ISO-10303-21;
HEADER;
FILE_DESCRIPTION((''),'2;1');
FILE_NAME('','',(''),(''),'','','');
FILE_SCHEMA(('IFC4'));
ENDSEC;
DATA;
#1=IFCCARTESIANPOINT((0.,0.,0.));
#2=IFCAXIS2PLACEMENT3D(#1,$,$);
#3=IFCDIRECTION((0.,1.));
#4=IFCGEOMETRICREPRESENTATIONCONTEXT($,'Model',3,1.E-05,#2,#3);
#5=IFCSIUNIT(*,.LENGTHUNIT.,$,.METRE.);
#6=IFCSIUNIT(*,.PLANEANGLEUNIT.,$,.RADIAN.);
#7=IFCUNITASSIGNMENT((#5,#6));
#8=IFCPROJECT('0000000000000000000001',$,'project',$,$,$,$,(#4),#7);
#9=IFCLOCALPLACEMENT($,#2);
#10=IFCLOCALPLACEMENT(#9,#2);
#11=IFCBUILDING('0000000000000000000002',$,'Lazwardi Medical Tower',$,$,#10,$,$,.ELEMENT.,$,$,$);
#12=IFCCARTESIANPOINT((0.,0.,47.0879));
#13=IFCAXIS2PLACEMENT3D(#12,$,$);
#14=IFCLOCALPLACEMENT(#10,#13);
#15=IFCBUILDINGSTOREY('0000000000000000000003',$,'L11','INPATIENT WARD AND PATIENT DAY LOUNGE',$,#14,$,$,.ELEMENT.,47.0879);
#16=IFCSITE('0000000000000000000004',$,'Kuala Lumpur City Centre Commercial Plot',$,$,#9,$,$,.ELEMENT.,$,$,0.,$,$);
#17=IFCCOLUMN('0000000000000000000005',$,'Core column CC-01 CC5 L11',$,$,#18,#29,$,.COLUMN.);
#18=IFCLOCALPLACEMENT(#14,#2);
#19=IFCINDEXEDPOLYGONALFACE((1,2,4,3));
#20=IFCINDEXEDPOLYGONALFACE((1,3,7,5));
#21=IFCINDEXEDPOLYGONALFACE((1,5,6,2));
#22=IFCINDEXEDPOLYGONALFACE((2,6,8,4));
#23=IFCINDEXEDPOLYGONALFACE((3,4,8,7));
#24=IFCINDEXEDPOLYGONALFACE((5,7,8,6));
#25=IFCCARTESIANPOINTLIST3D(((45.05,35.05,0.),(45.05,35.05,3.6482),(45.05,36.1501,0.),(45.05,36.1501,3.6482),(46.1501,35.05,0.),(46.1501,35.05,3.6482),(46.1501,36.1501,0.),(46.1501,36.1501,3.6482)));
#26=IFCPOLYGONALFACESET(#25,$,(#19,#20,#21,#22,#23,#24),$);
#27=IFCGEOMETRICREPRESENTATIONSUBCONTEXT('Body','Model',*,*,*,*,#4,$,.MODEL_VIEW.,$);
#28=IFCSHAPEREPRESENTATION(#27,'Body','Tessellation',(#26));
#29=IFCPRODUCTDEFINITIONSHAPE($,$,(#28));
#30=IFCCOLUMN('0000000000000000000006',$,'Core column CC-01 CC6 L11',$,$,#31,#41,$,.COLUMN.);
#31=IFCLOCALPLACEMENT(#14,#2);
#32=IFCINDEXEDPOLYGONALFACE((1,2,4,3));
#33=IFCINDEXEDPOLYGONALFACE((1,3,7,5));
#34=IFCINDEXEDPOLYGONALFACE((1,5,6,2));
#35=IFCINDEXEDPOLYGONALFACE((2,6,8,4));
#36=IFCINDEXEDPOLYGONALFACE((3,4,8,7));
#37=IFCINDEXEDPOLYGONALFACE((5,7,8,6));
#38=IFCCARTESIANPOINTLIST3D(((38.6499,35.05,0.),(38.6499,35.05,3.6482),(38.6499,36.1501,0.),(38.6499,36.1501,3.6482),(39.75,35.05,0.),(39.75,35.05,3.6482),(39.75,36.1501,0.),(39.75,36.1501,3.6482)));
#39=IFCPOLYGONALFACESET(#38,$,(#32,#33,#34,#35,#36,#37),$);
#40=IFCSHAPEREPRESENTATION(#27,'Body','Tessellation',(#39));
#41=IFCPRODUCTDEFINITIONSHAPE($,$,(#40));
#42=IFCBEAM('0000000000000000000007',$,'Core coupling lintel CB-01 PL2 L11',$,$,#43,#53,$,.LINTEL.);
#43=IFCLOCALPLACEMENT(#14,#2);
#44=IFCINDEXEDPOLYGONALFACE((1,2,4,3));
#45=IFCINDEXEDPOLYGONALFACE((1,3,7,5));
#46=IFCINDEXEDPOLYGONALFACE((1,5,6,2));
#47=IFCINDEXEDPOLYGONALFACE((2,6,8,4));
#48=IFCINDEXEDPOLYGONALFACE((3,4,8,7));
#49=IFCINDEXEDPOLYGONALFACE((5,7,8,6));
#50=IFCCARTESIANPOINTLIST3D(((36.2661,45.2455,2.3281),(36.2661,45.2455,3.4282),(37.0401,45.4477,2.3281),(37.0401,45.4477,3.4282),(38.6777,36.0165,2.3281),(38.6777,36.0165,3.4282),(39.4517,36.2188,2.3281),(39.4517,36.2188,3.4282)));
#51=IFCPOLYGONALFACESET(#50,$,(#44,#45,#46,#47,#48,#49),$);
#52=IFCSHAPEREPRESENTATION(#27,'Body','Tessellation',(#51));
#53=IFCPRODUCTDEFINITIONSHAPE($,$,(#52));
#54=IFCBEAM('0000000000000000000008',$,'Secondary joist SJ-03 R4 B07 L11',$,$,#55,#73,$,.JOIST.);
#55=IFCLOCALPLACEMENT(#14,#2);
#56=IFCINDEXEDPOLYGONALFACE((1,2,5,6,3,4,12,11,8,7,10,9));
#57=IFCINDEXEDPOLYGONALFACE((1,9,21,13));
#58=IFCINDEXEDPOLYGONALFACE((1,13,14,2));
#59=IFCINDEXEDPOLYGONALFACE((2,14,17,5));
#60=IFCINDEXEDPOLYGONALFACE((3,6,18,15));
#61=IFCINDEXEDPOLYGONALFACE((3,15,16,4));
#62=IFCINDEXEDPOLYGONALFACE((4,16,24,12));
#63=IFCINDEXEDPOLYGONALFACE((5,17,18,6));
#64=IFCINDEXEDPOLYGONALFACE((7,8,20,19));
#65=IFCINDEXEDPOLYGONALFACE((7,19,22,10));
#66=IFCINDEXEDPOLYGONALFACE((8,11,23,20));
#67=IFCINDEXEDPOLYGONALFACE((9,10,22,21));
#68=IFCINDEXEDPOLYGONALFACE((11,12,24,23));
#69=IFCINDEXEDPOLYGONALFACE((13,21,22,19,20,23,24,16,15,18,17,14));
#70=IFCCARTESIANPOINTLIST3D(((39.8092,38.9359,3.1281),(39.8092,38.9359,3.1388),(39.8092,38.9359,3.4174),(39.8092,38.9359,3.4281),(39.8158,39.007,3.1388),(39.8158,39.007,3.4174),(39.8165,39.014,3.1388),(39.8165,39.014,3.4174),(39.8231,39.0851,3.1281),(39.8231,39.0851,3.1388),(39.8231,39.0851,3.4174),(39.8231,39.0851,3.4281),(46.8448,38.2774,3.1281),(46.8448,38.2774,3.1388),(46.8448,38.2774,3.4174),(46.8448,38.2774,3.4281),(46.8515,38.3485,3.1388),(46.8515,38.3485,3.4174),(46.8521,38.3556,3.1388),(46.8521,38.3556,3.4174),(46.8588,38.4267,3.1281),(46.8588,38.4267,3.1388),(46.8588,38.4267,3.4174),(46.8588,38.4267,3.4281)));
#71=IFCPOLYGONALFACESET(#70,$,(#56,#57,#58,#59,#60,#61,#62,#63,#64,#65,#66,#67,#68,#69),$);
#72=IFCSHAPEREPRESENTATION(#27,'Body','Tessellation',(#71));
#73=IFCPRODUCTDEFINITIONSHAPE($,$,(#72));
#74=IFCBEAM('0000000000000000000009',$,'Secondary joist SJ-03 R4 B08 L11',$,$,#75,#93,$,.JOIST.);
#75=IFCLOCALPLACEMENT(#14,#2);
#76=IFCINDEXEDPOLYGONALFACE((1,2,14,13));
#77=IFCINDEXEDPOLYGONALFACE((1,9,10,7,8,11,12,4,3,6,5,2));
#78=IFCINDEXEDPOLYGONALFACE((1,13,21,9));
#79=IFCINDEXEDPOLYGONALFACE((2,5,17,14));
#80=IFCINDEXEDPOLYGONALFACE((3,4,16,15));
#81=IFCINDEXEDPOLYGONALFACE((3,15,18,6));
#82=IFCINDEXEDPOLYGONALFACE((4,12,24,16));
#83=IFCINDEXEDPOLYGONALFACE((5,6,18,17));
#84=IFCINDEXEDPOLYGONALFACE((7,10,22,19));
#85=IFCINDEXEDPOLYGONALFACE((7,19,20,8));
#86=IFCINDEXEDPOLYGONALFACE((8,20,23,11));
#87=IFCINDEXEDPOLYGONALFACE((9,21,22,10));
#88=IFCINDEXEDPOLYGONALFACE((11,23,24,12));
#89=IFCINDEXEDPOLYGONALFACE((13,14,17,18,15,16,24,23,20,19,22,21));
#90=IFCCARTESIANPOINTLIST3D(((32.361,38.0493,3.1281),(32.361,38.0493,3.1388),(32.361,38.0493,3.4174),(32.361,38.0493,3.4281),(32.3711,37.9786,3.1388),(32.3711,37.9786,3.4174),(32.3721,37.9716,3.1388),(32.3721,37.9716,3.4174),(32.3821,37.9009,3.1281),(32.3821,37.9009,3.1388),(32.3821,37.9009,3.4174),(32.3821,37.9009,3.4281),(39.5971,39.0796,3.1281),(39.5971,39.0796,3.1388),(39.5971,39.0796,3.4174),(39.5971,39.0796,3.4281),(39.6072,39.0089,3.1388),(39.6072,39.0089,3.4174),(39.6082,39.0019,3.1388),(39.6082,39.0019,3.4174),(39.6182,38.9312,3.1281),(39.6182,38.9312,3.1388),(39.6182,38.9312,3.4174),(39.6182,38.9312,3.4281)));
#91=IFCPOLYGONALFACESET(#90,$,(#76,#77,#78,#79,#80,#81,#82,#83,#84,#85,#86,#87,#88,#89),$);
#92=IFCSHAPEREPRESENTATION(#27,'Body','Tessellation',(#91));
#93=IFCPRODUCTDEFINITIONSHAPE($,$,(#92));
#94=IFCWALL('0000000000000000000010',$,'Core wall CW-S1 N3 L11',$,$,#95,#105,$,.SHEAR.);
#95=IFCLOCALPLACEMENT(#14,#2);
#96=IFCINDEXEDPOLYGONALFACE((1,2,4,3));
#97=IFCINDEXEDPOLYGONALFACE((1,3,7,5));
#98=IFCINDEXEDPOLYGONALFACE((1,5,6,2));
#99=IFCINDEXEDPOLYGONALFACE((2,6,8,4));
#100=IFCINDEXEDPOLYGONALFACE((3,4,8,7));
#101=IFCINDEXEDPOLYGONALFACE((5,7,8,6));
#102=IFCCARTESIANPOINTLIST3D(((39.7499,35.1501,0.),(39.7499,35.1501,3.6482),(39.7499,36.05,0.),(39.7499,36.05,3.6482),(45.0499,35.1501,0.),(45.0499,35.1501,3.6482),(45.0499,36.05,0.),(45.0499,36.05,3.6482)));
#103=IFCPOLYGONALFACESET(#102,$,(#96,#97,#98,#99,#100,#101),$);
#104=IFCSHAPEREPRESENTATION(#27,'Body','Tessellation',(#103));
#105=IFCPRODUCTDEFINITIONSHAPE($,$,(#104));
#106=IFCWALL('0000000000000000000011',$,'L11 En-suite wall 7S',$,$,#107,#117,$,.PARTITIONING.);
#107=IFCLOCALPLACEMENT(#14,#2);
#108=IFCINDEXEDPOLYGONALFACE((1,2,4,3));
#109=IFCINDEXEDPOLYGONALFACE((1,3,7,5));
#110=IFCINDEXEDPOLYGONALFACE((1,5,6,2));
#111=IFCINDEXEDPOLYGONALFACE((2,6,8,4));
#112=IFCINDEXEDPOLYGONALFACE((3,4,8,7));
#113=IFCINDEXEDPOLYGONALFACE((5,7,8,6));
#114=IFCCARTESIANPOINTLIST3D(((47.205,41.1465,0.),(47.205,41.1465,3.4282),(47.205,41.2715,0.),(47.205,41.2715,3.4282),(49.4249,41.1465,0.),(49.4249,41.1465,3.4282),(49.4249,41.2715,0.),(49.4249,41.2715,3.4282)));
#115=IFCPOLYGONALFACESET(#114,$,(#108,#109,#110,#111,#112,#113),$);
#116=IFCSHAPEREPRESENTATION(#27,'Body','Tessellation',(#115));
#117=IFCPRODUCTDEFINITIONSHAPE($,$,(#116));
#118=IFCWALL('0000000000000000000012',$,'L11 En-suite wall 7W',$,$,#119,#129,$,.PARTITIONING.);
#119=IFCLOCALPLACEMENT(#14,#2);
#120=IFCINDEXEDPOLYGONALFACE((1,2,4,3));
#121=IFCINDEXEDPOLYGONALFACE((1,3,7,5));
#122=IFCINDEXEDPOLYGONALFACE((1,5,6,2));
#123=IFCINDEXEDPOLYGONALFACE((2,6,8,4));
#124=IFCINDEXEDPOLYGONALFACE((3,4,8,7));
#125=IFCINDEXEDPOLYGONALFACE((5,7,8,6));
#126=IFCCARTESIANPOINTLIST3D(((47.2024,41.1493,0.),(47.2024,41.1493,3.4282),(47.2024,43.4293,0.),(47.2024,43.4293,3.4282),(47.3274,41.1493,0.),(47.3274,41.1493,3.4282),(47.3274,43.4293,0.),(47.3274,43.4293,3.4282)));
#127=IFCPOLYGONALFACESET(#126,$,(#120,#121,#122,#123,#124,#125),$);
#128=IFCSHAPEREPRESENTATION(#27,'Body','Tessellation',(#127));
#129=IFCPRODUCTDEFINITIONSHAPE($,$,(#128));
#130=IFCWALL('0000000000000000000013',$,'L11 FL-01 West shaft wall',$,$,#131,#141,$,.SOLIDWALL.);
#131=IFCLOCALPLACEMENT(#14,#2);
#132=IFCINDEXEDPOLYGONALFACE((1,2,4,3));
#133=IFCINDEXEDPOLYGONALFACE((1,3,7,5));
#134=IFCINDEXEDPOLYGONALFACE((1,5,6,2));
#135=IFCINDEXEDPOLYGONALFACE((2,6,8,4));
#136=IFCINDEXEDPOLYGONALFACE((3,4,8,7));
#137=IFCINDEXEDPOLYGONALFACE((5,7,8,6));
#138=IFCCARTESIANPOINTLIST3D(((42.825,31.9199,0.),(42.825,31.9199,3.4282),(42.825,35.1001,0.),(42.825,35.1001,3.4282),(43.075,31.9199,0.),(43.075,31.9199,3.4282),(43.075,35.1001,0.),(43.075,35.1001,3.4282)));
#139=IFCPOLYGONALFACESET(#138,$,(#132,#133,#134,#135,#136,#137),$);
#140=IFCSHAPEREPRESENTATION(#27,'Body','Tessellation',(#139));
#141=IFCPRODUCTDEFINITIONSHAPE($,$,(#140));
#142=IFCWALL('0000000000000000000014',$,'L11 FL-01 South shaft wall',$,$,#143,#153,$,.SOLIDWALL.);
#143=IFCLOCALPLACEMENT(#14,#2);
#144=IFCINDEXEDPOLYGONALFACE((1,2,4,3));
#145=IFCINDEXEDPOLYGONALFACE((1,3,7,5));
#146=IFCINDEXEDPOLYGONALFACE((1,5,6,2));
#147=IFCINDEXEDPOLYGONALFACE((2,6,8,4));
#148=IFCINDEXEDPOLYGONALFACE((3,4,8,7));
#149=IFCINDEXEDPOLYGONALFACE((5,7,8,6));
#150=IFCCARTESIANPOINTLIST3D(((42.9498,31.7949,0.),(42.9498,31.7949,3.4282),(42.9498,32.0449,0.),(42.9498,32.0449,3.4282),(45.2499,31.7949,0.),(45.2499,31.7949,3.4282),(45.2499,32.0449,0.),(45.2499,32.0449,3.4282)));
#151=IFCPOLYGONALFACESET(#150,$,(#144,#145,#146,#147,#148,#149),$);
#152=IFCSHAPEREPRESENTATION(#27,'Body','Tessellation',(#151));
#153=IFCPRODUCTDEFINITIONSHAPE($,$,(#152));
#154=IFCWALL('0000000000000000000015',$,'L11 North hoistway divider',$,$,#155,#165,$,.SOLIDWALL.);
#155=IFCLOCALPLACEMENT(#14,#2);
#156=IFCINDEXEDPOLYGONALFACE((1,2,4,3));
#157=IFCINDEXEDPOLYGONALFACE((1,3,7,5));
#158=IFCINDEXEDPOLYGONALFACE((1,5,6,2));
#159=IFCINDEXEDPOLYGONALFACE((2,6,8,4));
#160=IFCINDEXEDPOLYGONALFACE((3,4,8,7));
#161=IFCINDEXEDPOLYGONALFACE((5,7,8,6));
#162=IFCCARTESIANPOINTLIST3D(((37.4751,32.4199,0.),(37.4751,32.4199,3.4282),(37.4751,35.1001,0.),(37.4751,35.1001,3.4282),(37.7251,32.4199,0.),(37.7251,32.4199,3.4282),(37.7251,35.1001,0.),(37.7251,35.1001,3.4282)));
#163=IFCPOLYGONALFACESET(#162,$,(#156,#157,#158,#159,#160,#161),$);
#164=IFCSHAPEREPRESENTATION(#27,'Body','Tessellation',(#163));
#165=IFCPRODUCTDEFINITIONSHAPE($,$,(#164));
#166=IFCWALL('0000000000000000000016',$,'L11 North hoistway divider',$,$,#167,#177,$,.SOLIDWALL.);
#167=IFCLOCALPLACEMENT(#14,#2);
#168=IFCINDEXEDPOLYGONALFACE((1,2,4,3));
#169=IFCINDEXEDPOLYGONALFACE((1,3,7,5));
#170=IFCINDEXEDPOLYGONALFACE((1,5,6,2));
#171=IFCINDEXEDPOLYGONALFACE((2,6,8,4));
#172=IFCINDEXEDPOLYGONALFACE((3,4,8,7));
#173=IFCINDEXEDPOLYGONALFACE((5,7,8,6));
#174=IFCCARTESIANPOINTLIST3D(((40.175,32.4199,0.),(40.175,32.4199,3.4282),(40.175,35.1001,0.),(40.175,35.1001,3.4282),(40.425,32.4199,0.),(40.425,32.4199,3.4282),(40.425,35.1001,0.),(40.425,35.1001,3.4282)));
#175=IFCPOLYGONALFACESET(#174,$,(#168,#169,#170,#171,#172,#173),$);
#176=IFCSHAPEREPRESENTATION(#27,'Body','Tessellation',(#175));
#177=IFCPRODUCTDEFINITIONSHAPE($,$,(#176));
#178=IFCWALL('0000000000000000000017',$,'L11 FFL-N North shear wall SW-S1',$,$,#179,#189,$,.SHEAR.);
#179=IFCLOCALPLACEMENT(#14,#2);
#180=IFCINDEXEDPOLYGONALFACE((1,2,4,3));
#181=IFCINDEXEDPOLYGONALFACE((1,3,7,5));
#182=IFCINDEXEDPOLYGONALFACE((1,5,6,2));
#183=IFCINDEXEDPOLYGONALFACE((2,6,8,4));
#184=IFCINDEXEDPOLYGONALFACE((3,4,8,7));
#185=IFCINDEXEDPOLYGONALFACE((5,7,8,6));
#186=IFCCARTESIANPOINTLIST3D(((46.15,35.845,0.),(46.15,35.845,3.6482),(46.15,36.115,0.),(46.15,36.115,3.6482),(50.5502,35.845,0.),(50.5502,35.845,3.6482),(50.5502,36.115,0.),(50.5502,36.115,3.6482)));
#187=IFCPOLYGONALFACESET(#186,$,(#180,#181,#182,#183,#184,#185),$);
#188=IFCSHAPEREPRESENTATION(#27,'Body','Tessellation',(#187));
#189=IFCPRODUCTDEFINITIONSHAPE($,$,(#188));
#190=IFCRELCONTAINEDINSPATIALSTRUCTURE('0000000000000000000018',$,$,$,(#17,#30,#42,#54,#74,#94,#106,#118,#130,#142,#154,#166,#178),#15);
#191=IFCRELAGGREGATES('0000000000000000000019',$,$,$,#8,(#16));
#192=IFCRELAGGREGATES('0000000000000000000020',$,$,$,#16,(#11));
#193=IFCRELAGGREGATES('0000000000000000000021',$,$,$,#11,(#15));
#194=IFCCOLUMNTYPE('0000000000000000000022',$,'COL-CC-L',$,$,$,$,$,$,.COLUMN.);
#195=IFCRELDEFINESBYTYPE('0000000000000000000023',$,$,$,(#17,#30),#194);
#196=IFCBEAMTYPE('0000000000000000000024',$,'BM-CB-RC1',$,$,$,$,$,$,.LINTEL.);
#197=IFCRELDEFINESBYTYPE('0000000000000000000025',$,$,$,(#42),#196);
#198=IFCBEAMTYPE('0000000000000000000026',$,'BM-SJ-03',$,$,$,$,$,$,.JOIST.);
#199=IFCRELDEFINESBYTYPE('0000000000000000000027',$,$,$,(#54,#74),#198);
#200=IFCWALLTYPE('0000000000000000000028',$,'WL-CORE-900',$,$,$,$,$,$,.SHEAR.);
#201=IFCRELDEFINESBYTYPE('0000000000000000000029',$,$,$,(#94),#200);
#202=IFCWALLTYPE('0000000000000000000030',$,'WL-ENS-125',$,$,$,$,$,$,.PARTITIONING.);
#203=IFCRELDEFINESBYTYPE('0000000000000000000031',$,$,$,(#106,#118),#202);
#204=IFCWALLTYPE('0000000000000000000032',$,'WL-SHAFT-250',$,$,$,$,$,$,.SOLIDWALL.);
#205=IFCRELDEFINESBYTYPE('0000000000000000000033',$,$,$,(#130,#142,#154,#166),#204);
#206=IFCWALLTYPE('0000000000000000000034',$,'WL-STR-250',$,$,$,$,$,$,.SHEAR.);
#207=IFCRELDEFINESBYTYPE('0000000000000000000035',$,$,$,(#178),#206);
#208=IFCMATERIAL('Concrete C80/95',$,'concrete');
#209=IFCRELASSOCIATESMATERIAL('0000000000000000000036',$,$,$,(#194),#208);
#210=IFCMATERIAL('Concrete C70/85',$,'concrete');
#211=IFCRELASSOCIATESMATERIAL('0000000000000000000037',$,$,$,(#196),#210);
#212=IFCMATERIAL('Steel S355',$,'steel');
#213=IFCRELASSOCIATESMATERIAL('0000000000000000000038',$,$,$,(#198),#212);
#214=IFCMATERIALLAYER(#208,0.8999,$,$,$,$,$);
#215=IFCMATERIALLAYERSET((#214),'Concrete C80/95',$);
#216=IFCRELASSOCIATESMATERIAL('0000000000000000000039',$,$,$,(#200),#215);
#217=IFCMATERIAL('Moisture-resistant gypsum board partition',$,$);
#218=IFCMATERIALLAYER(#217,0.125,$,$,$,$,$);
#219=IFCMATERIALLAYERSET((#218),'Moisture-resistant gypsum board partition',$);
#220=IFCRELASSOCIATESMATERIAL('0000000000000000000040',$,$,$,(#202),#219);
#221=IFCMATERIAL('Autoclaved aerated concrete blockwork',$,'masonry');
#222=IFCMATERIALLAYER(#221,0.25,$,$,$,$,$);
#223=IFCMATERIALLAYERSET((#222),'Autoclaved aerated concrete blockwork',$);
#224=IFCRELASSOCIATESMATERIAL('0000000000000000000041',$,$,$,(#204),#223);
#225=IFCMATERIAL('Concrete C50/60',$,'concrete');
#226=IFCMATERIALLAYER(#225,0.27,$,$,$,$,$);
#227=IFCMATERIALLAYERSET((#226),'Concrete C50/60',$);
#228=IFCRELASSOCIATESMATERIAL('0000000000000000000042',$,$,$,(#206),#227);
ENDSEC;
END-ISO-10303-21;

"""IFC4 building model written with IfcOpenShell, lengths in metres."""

from ifc_helpers import new_model, si_unit, direction, frame, frame_2d, origin, origin_2d, place, context, subcontext, project, spatial, rectangle, i_section, extrude, material, layer, layer_set, material_profile, profile_set, type_object, element, save


model = new_model("IFC4")

# Units and contexts
model_context = context("Model", 3, precision=1e-05, world=origin(), true_north=direction((0.0, 1.0)))
body_context = subcontext(model_context, "Body", "Model", "MODEL_VIEW")
ifc_project = project(units=[si_unit("LENGTHUNIT", "METRE"), si_unit("PLANEANGLEUNIT", "RADIAN")], contexts=[model_context])

# Site, building, storey
site_placement = place(None, origin())
site = spatial("IfcSite", under=ifc_project, at=site_placement, Name="Kuala Lumpur City Centre Commercial Plot", CompositionType="ELEMENT", RefElevation=0.0)
building_placement = place(site_placement, origin())
building = spatial("IfcBuilding", under=site, at=building_placement, Name="Lazwardi Medical Tower", CompositionType="ELEMENT")
storey_placement = place(building_placement, frame((0.0, 0.0, 47.0879)))
storey = spatial("IfcBuildingStorey", under=building, at=storey_placement, Name="L11", Description="INPATIENT WARD AND PATIENT DAY LOUNGE", CompositionType="ELEMENT", Elevation=47.0879)

# Columns
ifc_material_1 = material(Name="Concrete C80/95", Category="concrete")
ifc_material_profile_1 = material_profile(ifc_material_1, rectangle(XDim=1.1001, YDim=1.1001, at=origin_2d()), Name="RC 1100x1100")
ifc_profile_set_1 = profile_set([ifc_material_profile_1], Name="Concrete C80/95")
column_type = type_object("IfcColumnType", Name="COL-CC-L", PredefinedType="COLUMN", material=ifc_profile_set_1)
for number, where, z_axis, x_axis, name in (
    (1, (45.6001, 35.6001, 0.0), (0.0, 0.0, 1.0), (1.0, 0.0, 0.0), "Core column CC-01 CC5 L11"),
    (2, (39.2, 35.6001, 0.0), (0.0, 0.0, 1.0), (1.0, 0.0, 0.0), "Core column CC-01 CC6 L11"),
):
    element("IfcColumn", number, at=place(storey_placement, frame(where, z_axis=z_axis, x_axis=x_axis)), inside=storey, type_object=column_type, Name=name, PredefinedType="COLUMN", context=body_context, shape_type="SweptSolid", body=[
        extrude(rectangle(XDim=1.1001, YDim=1.1001, at=origin_2d()), origin(), (0.0, 0.0, 1.0), 3.6482),
    ])

# Beams
ifc_material_2 = material(Name="Concrete C70/85", Category="concrete")
ifc_material_profile_2 = material_profile(ifc_material_2, rectangle(XDim=0.8, YDim=1.1001, at=origin_2d()), Name="RC 800x1100")
ifc_profile_set_2 = profile_set([ifc_material_profile_2], Name="Concrete C70/85")
beam_type_1 = type_object("IfcBeamType", Name="BM-CB-RC1", PredefinedType="LINTEL", material=ifc_profile_set_2)
beam_1_placement = place(storey_placement, frame((39.0647, 36.1177, 2.8782), z_axis=(-0.25282, 0.967513, 0.0), x_axis=(-0.967513, -0.25282, 0.0)))
element("IfcBeam", 3, at=beam_1_placement, inside=storey, type_object=beam_type_1, Name="Core coupling lintel CB-01 PL2 L11", PredefinedType="LINTEL", context=body_context, shape_type="SweptSolid", body=[
    extrude(rectangle(XDim=0.8, YDim=1.1001, at=origin_2d()), origin(), (0.0, 0.0, 1.0), 9.5388),
])
ifc_material_3 = material(Name="Steel S355", Category="steel")
ifc_material_profile_3 = material_profile(ifc_material_3, i_section(OverallWidth=0.1499, OverallDepth=0.3, WebThickness=0.0071, FlangeThickness=0.0107, at=origin_2d()), Name="IPE 300")
ifc_profile_set_3 = profile_set([ifc_material_profile_3], Name="Steel S355")
beam_type_2 = type_object("IfcBeamType", Name="BM-SJ-03", PredefinedType="JOIST", material=ifc_profile_set_3)
beam_2_placement = place(storey_placement, frame((46.8518, 38.3521, 3.2781), z_axis=(-0.995649, 0.09318, 0.0), x_axis=(-0.09318, -0.995649, 0.0)))
element("IfcBeam", 4, at=beam_2_placement, inside=storey, type_object=beam_type_2, Name="Secondary joist SJ-03 R4 B07 L11", PredefinedType="JOIST", context=body_context, shape_type="SweptSolid", body=[
    extrude(i_section(OverallWidth=0.1499, OverallDepth=0.3, WebThickness=0.0071, FlangeThickness=0.0107, at=origin_2d()), origin(), (0.0, 0.0, 1.0), 7.0664),
])
beam_3_placement = place(storey_placement, frame((39.6077, 39.0054, 3.2781), z_axis=(-0.990016, -0.140958, 0.0), x_axis=(0.140958, -0.990016, 0.0)))
element("IfcBeam", 5, at=beam_3_placement, inside=storey, type_object=beam_type_2, Name="Secondary joist SJ-03 R4 B08 L11", PredefinedType="JOIST", context=body_context, shape_type="SweptSolid", body=[
    extrude(i_section(OverallWidth=0.1499, OverallDepth=0.3, WebThickness=0.0071, FlangeThickness=0.0107, at=origin_2d()), origin(), (0.0, 0.0, 1.0), 7.3091),
])

# Walls
ifc_layer_1 = layer(ifc_material_1, 0.8999)
ifc_layer_set_1 = layer_set([ifc_layer_1], Name="Concrete C80/95")
wall_type_1 = type_object("IfcWallType", Name="WL-CORE-900", PredefinedType="SHEAR", material=ifc_layer_set_1)
wall_1_placement = place(storey_placement, frame((39.75, 35.6001, 0.0), z_axis=(0.0, 0.0, 1.0), x_axis=(1.0, 0.0, 0.0)))
element("IfcWall", 6, at=wall_1_placement, inside=storey, type_object=wall_type_1, Name="Core wall CW-S1 N3 L11", PredefinedType="SHEAR", context=body_context, shape_type="SweptSolid", body=[
    extrude(rectangle(XDim=5.3, YDim=0.8999, at=frame_2d((2.6499, 0.0))), origin(), (0.0, 0.0, 1.0), 3.6482),
])
ifc_material_4 = material(Name="Moisture-resistant gypsum board partition")
ifc_layer_2 = layer(ifc_material_4, 0.125)
ifc_layer_set_2 = layer_set([ifc_layer_2], Name="Moisture-resistant gypsum board partition")
wall_type_2 = type_object("IfcWallType", Name="WL-ENS-125", PredefinedType="PARTITIONING", material=ifc_layer_set_2)
wall_2_placement = place(storey_placement, frame((47.2051, 41.209, 0.0), z_axis=(0.0, 0.0, 1.0), x_axis=(1.0, 0.0, 0.0)))
element("IfcWall", 7, at=wall_2_placement, inside=storey, type_object=wall_type_2, Name="L11 En-suite wall 7S", PredefinedType="PARTITIONING", context=body_context, shape_type="SweptSolid", body=[
    extrude(rectangle(XDim=2.22, YDim=0.125, at=frame_2d((1.1099, 0.0))), origin(), (0.0, 0.0, 1.0), 3.4282),
])
wall_3_placement = place(storey_placement, frame((47.2649, 41.1492, 0.0), z_axis=(0.0, 0.0, 1.0), x_axis=(0.0, 1.0, 0.0)))
element("IfcWall", 8, at=wall_3_placement, inside=storey, type_object=wall_type_2, Name="L11 En-suite wall 7W", PredefinedType="PARTITIONING", context=body_context, shape_type="SweptSolid", body=[
    extrude(rectangle(XDim=2.28, YDim=0.125, at=frame_2d((1.1401, 0.0))), origin(), (0.0, 0.0, 1.0), 3.4282),
])
ifc_material_5 = material(Name="Autoclaved aerated concrete blockwork", Category="masonry")
ifc_layer_3 = layer(ifc_material_5, 0.25)
ifc_layer_set_3 = layer_set([ifc_layer_3], Name="Autoclaved aerated concrete blockwork")
wall_type_3 = type_object("IfcWallType", Name="WL-SHAFT-250", PredefinedType="SOLIDWALL", material=ifc_layer_set_3)
wall_4_placement = place(storey_placement, frame((42.95, 31.9199, 0.0), z_axis=(0.0, 0.0, 1.0), x_axis=(0.0, 1.0, 0.0)))
element("IfcWall", 9, at=wall_4_placement, inside=storey, type_object=wall_type_3, Name="L11 FL-01 West shaft wall", PredefinedType="SOLIDWALL", context=body_context, shape_type="SweptSolid", body=[
    extrude(rectangle(XDim=3.1802, YDim=0.25, at=frame_2d((1.5901, 0.0))), origin(), (0.0, 0.0, 1.0), 3.4282),
])
wall_5_placement = place(storey_placement, frame((42.95, 31.9199, 0.0), z_axis=(0.0, 0.0, 1.0), x_axis=(1.0, 0.0, 0.0)))
element("IfcWall", 10, at=wall_5_placement, inside=storey, type_object=wall_type_3, Name="L11 FL-01 South shaft wall", PredefinedType="SOLIDWALL", context=body_context, shape_type="SweptSolid", body=[
    extrude(rectangle(XDim=2.3, YDim=0.25, at=frame_2d((1.1499, 0.0))), origin(), (0.0, 0.0, 1.0), 3.4282),
])
for number, where, z_axis, x_axis, name in (
    (11, (37.6001, 32.4199, 0.0), (0.0, 0.0, 1.0), (0.0, 1.0, 0.0), "L11 North hoistway divider"),
    (12, (40.3, 32.4199, 0.0), (0.0, 0.0, 1.0), (0.0, 1.0, 0.0), "L11 North hoistway divider"),
):
    element("IfcWall", number, at=place(storey_placement, frame(where, z_axis=z_axis, x_axis=x_axis)), inside=storey, type_object=wall_type_3, Name=name, PredefinedType="SOLIDWALL", context=body_context, shape_type="SweptSolid", body=[
        extrude(rectangle(XDim=2.6802, YDim=0.25, at=frame_2d((1.3401, 0.0))), origin(), (0.0, 0.0, 1.0), 3.4282),
    ])

# Shared definitions
ifc_material_6 = material(Name="Concrete C50/60", Category="concrete")
ifc_layer_4 = layer(ifc_material_6, 0.27)
ifc_layer_set_4 = layer_set([ifc_layer_4], Name="Concrete C50/60")
wall_type_4 = type_object("IfcWallType", Name="WL-STR-250", PredefinedType="SHEAR", material=ifc_layer_set_4)

# Wall
wall_6_placement = place(storey_placement, frame((46.1499, 35.98, 0.0), z_axis=(0.0, 0.0, 1.0), x_axis=(1.0, 0.0, 0.0)))
element("IfcWall", 13, at=wall_6_placement, inside=storey, type_object=wall_type_4, Name="L11 FFL-N North shear wall SW-S1", PredefinedType="SHEAR", context=body_context, shape_type="SweptSolid", body=[
    extrude(rectangle(XDim=4.4001, YDim=0.27, at=frame_2d((2.2002, 0.0))), origin(), (0.0, 0.0, 1.0), 3.6482),
])

save(model, "model.ifc")
